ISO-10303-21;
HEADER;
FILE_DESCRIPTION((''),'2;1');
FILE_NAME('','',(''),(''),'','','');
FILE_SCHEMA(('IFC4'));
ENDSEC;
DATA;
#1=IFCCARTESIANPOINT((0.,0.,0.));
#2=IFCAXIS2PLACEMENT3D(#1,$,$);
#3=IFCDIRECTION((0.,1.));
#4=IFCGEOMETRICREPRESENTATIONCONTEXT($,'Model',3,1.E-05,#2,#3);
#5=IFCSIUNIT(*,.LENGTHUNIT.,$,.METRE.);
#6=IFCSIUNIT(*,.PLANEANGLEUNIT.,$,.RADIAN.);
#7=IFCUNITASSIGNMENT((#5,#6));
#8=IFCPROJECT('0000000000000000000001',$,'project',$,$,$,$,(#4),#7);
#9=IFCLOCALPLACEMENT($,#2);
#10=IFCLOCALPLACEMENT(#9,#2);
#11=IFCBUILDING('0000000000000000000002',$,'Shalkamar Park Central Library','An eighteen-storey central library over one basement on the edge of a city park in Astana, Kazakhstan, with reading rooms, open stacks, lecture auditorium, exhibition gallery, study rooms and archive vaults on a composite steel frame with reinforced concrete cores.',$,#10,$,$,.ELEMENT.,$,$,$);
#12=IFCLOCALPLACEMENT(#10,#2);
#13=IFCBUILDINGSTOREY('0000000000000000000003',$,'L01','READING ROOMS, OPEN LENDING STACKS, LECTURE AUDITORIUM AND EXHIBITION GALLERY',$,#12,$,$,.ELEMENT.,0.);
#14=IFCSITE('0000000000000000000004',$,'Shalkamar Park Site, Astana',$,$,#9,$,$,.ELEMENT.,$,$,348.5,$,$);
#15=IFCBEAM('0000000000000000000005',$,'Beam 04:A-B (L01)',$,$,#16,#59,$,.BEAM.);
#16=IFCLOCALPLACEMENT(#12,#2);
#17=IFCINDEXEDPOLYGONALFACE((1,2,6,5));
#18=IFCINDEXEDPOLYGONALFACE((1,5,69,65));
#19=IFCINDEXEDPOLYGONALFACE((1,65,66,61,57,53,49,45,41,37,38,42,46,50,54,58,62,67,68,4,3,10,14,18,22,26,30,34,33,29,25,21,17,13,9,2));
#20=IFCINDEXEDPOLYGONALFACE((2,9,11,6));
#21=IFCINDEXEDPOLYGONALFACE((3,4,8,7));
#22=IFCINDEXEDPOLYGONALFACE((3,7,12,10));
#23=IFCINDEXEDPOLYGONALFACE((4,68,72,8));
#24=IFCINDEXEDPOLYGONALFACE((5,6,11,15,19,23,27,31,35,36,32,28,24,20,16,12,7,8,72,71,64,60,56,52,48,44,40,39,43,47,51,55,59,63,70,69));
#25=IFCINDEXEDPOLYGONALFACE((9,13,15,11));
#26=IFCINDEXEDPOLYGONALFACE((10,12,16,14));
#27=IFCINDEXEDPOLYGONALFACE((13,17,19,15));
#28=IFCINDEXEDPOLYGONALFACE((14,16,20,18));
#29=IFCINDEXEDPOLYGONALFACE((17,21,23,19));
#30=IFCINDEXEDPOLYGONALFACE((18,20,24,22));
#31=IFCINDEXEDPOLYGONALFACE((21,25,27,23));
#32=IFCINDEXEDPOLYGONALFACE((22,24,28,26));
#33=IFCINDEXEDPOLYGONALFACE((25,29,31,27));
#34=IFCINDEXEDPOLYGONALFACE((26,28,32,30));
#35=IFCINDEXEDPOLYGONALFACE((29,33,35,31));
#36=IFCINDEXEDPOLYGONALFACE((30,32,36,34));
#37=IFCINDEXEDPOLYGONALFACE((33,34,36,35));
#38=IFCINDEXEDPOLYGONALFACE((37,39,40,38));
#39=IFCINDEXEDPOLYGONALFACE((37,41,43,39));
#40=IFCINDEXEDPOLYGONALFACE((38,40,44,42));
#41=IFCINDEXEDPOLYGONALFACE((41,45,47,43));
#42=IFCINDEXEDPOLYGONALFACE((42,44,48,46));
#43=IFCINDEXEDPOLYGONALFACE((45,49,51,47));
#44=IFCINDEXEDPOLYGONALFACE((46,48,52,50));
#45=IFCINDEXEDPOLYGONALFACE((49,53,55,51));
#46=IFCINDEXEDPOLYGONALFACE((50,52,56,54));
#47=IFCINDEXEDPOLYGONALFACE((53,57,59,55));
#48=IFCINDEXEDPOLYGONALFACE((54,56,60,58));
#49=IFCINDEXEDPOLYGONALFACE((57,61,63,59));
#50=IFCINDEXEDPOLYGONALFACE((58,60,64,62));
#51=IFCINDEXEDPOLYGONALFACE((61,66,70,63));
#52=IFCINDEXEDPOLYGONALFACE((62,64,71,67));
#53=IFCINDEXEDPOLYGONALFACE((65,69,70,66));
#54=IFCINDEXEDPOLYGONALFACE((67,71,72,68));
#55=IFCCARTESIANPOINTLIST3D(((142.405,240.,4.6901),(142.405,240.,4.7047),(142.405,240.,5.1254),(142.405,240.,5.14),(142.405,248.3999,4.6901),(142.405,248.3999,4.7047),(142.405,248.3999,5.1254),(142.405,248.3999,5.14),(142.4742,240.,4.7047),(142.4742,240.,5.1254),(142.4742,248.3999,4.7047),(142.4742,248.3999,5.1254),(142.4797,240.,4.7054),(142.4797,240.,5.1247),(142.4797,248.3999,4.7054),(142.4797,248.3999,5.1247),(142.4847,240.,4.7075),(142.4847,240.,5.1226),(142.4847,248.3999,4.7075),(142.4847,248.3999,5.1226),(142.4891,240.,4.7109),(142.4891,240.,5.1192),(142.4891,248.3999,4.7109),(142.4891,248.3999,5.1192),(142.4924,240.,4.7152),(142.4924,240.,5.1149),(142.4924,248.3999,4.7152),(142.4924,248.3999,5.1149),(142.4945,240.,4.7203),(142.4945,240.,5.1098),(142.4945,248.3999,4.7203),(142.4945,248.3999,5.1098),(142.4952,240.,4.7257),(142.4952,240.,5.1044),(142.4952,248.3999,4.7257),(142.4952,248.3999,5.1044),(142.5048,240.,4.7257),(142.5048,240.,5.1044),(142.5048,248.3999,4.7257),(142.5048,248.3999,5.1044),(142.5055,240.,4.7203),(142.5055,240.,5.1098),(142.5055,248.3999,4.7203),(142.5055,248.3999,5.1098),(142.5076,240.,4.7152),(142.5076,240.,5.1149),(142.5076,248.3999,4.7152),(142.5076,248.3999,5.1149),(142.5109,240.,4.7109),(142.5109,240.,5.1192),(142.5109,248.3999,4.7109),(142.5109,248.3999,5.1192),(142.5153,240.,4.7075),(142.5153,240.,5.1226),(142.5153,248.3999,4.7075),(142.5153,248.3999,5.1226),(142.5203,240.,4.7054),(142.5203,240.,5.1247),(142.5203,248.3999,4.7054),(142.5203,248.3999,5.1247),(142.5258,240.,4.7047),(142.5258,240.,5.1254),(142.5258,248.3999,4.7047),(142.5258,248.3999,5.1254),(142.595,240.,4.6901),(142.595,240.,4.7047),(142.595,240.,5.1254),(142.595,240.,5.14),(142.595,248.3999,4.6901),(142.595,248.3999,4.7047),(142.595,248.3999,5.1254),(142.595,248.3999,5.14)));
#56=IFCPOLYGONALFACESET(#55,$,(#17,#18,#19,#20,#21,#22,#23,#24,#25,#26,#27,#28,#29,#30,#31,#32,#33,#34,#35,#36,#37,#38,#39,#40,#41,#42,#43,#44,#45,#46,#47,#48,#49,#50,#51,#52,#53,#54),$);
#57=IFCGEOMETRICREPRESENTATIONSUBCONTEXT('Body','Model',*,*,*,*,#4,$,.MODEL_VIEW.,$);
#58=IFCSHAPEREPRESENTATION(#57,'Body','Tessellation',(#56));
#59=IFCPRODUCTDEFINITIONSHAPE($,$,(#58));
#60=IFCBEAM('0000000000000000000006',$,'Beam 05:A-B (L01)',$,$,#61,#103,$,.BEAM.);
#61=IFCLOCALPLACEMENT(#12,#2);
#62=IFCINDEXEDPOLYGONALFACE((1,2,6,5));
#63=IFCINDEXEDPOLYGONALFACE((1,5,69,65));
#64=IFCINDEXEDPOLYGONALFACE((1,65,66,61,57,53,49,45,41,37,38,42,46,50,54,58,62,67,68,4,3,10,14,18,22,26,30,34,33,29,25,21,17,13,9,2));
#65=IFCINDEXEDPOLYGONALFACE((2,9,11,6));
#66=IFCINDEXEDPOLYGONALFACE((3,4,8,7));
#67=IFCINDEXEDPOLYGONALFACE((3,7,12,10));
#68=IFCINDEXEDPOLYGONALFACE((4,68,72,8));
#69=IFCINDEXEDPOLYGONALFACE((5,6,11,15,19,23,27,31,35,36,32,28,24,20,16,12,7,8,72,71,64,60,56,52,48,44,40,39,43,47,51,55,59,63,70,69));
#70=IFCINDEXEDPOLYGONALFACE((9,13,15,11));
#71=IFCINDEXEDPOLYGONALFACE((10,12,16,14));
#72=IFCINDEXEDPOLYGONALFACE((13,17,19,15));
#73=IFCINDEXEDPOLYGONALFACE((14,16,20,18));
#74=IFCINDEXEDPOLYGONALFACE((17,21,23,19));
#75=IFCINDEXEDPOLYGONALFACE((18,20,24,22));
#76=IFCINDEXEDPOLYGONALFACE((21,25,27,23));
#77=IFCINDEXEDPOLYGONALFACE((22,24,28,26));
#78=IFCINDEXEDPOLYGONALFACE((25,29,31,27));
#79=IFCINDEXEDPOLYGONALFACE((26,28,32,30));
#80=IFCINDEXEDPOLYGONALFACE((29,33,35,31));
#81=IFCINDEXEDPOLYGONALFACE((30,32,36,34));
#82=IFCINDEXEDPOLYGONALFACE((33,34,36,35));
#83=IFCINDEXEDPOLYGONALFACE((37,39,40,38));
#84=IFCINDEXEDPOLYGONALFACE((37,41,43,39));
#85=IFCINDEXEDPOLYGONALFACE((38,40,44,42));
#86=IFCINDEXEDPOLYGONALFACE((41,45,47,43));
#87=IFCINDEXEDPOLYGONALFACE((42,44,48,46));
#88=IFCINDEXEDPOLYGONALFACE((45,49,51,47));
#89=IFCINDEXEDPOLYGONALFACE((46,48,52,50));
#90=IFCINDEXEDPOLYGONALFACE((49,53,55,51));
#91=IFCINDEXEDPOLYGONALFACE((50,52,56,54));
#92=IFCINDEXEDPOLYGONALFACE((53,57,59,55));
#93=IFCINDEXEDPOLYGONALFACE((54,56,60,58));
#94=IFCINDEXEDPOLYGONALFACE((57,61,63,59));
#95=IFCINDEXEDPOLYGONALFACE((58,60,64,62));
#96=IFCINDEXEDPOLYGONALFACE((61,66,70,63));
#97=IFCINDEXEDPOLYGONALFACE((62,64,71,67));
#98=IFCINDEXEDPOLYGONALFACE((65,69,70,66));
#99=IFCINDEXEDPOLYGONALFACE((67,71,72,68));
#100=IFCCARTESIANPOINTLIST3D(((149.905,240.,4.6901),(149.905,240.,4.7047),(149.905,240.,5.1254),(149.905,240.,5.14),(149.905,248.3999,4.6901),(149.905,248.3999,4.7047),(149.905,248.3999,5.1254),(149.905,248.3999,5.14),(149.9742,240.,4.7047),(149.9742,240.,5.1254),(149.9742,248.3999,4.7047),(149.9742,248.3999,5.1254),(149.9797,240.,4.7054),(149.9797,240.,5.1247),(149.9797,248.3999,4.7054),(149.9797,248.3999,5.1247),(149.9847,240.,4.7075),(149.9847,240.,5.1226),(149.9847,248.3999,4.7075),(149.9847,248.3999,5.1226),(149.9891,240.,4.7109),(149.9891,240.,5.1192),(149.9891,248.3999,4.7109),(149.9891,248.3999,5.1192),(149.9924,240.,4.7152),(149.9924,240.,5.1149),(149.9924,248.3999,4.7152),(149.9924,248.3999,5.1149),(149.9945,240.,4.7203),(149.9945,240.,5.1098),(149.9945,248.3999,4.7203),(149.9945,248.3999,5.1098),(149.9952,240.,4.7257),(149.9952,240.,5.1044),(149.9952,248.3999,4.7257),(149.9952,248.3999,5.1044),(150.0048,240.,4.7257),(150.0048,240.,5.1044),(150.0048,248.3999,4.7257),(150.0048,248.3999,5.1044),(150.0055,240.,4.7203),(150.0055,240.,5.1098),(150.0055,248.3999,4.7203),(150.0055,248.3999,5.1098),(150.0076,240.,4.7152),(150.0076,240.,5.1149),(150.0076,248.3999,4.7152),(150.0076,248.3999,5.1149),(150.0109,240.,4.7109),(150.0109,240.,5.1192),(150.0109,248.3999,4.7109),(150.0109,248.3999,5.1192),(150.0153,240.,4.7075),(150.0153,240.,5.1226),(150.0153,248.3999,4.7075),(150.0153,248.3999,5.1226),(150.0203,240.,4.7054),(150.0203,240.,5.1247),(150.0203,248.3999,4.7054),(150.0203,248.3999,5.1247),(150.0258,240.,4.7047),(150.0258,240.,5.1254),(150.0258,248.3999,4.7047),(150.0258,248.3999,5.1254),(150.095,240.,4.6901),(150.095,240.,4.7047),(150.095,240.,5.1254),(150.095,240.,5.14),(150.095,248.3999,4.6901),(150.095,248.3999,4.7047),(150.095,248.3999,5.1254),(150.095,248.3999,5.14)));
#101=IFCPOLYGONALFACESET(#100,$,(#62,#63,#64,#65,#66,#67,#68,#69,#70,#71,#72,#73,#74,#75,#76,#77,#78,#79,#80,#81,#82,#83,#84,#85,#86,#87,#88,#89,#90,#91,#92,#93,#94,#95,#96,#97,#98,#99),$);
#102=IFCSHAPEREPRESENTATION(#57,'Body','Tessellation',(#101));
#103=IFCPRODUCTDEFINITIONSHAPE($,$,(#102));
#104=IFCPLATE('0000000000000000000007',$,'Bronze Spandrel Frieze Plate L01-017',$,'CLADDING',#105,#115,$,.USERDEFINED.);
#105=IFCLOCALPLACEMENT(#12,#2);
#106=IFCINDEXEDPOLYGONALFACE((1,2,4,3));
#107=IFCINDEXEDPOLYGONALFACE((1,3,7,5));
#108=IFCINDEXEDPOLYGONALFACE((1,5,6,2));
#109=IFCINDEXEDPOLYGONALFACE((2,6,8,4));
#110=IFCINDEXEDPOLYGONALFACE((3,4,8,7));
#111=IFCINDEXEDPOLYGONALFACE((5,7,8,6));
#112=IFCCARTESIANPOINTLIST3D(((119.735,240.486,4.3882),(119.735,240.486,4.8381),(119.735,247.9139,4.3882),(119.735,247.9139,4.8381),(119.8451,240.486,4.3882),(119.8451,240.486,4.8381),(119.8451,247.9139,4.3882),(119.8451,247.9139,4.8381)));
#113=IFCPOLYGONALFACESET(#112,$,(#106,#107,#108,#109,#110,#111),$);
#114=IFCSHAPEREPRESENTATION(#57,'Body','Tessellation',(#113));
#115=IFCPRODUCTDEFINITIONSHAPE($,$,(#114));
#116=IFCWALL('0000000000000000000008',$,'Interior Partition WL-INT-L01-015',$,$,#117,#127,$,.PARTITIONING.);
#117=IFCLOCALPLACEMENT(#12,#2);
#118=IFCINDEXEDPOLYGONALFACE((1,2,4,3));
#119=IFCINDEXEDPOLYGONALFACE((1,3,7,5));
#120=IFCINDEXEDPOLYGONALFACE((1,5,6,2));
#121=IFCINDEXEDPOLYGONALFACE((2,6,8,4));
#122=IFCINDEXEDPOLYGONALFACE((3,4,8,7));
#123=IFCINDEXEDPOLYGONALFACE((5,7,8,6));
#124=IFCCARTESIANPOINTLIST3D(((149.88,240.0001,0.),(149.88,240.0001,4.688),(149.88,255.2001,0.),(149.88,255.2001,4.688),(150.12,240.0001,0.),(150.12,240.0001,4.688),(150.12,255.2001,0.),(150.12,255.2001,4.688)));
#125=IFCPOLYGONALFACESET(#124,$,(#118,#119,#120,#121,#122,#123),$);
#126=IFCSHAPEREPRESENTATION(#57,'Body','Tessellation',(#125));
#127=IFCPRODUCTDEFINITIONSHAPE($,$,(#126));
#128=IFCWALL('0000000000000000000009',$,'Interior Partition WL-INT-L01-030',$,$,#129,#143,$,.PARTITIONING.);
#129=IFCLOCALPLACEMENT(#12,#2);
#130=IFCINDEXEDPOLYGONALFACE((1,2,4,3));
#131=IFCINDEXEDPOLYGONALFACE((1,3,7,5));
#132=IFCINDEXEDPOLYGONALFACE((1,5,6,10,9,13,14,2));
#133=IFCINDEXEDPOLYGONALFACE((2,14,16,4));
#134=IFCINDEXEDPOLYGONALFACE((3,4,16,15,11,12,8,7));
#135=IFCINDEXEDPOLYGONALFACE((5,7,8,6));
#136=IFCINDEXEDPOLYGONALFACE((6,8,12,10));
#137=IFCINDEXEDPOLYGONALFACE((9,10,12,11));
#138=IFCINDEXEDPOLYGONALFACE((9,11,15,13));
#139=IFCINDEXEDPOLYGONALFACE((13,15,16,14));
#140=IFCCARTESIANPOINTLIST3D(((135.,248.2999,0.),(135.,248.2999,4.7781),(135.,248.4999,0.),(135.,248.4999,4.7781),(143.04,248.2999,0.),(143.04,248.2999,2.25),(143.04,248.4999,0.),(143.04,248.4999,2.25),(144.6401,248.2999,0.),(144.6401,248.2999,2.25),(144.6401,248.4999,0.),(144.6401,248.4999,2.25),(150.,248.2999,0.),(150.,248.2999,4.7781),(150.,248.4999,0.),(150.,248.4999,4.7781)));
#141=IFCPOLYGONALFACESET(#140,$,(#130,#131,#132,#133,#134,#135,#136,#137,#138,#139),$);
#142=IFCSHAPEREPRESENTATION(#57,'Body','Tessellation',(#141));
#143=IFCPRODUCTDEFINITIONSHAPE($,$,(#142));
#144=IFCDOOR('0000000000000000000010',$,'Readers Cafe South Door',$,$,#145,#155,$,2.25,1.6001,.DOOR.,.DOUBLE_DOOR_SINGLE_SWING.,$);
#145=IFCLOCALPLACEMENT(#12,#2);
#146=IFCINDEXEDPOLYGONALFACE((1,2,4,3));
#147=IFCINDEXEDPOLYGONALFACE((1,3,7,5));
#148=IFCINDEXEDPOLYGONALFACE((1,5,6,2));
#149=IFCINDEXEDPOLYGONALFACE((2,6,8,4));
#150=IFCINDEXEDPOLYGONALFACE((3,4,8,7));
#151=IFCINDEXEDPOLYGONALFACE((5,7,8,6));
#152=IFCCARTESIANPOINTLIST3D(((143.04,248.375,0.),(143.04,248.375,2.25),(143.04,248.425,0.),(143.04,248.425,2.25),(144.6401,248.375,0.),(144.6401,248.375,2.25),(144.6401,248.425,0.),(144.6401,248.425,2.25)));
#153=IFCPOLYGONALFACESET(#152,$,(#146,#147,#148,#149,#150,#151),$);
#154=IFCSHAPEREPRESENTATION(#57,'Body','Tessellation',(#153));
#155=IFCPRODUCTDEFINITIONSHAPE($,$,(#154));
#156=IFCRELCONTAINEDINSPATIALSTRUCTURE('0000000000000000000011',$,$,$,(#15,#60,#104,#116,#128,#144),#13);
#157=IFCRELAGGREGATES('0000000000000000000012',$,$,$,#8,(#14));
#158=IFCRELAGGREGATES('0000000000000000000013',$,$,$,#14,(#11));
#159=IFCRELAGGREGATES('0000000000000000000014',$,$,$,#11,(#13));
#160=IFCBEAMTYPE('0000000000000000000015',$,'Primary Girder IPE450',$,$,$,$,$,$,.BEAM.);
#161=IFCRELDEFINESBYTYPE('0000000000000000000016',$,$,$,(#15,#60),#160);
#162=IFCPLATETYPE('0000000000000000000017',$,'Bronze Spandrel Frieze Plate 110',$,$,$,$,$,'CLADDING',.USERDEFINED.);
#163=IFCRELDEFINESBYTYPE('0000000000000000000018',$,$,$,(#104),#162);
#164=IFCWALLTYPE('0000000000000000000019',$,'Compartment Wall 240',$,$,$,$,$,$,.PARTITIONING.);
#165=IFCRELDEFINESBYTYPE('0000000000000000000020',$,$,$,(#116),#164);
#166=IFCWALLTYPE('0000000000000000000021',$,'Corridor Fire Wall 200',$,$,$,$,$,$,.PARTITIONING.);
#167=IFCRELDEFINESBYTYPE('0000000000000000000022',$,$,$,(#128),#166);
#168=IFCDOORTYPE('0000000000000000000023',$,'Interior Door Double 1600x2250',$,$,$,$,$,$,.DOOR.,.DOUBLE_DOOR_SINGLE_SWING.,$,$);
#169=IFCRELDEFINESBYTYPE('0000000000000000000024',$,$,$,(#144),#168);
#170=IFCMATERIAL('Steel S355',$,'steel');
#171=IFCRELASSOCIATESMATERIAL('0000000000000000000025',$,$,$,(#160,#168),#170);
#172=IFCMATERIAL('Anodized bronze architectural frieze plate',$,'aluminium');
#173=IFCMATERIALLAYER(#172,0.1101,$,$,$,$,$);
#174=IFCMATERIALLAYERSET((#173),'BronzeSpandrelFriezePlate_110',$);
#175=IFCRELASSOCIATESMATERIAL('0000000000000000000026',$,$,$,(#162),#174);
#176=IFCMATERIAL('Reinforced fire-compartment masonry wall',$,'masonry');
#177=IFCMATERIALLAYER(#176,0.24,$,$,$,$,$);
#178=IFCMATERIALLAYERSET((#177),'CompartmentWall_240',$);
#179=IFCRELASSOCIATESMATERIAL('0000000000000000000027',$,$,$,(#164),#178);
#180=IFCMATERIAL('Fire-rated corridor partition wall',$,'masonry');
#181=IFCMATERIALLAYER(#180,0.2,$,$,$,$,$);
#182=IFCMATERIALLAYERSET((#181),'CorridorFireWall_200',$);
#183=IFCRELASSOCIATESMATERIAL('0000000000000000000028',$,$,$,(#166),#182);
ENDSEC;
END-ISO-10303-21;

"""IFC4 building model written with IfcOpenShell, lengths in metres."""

from ifc_helpers import new_model, si_unit, direction, frame, frame_2d, origin, origin_2d, place, context, subcontext, project, spatial, rectangle, i_section, extrude, material, layer, layer_set, material_profile, profile_set, type_object, element, fill, save


model = new_model("IFC4")

# Units and contexts
model_context = context("Model", 3, precision=1e-05, world=origin(), true_north=direction((0.0, 1.0)))
body_context = subcontext(model_context, "Body", "Model", "MODEL_VIEW")
ifc_project = project(units=[si_unit("LENGTHUNIT", "METRE"), si_unit("PLANEANGLEUNIT", "RADIAN")], contexts=[model_context])

# Site, building, storey
site_placement = place(None, origin())
site = spatial("IfcSite", under=ifc_project, at=site_placement, Name="Shalkamar Park Site, Astana", CompositionType="ELEMENT", RefElevation=348.5)
building_placement = place(site_placement, origin())
building = spatial("IfcBuilding", under=site, at=building_placement, Name="Shalkamar Park Central Library", Description="An eighteen-storey central library over one basement on the edge of a city park in Astana, Kazakhstan, with reading rooms, open stacks, lecture auditorium, exhibition gallery, study rooms and archive vaults on a composite steel frame with reinforced concrete cores.", CompositionType="ELEMENT")
storey_placement = place(building_placement, origin())
storey = spatial("IfcBuildingStorey", under=building, at=storey_placement, Name="L01", Description="READING ROOMS, OPEN LENDING STACKS, LECTURE AUDITORIUM AND EXHIBITION GALLERY", CompositionType="ELEMENT", Elevation=0.0)

# Shared definitions
ifc_material_1 = material(Name="Steel S355", Category="steel")

# Beams
ifc_material_profile_1 = material_profile(ifc_material_1, i_section(OverallWidth=0.1899, OverallDepth=0.45, WebThickness=0.0095, FlangeThickness=0.0146, FilletRadius=0.021, at=origin_2d()), Name="IPE 450")
ifc_profile_set_1 = profile_set([ifc_material_profile_1], Name="Steel S355")
beam_type_1 = type_object("IfcBeamType", Name="Primary Girder IPE450", PredefinedType="BEAM", material=ifc_profile_set_1)
for number, where, z_axis, x_axis, name in (
    (1, (142.5, 240.0, 4.915), (0.0, 1.0, 0.0), (-1.0, 0.0, 0.0), "Beam 04:A-B (L01)"),
    (2, (150.0, 240.0, 4.915), (0.0, 1.0, 0.0), (-1.0, 0.0, 0.0), "Beam 05:A-B (L01)"),
):
    element("IfcBeam", number, at=place(storey_placement, frame(where, z_axis=z_axis, x_axis=x_axis)), inside=storey, type_object=beam_type_1, Name=name, PredefinedType="BEAM", context=body_context, shape_type="SweptSolid", body=[
        extrude(i_section(OverallWidth=0.1899, OverallDepth=0.45, WebThickness=0.0095, FlangeThickness=0.0146, FilletRadius=0.021, at=origin_2d()), origin(), (0.0, 0.0, 1.0), 8.3999),
    ])

# Plate
ifc_material_2 = material(Name="Anodized bronze architectural frieze plate", Category="aluminium")
ifc_layer_1 = layer(ifc_material_2, 0.1101)
ifc_layer_set_1 = layer_set([ifc_layer_1], Name="BronzeSpandrelFriezePlate_110")
plate_type = type_object("IfcPlateType", Name="Bronze Spandrel Frieze Plate 110", ElementType="CLADDING", PredefinedType="USERDEFINED", material=ifc_layer_set_1)
plate_placement = place(storey_placement, frame((119.79, 244.2, 4.3882), z_axis=(0.0, 0.0, 1.0), x_axis=(1.0, 0.0, 0.0)))
element("IfcPlate", 3, at=plate_placement, inside=storey, type_object=plate_type, Name="Bronze Spandrel Frieze Plate L01-017", ObjectType="CLADDING", PredefinedType="USERDEFINED", context=body_context, shape_type="SweptSolid", body=[
    extrude(rectangle(XDim=0.1101, YDim=7.428, at=origin_2d()), origin(), (0.0, 0.0, 1.0), 0.45),
])

# Wall
ifc_material_3 = material(Name="Reinforced fire-compartment masonry wall", Category="masonry")
ifc_layer_2 = layer(ifc_material_3, 0.24)
ifc_layer_set_2 = layer_set([ifc_layer_2], Name="CompartmentWall_240")
wall_type_1 = type_object("IfcWallType", Name="Compartment Wall 240", PredefinedType="PARTITIONING", material=ifc_layer_set_2)
wall_1_placement = place(storey_placement, frame((150.0, 240.0, 0.0), z_axis=(0.0, 0.0, 1.0), x_axis=(0.0, 1.0, 0.0)))
element("IfcWall", 4, at=wall_1_placement, inside=storey, type_object=wall_type_1, Name="Interior Partition WL-INT-L01-015", PredefinedType="PARTITIONING", context=body_context, shape_type="SweptSolid", body=[
    extrude(rectangle(XDim=15.2, YDim=0.24, at=frame_2d((7.6001, 0.0))), origin(), (0.0, 0.0, 1.0), 4.688),
])

# Wall, opening, door
ifc_material_4 = material(Name="Fire-rated corridor partition wall", Category="masonry")
ifc_layer_3 = layer(ifc_material_4, 0.2)
ifc_layer_set_3 = layer_set([ifc_layer_3], Name="CorridorFireWall_200")
wall_type_2 = type_object("IfcWallType", Name="Corridor Fire Wall 200", PredefinedType="PARTITIONING", material=ifc_layer_set_3)
wall_2_placement = place(storey_placement, frame((135.0, 248.3999, 0.0), z_axis=(0.0, 0.0, 1.0), x_axis=(1.0, 0.0, 0.0)))
wall_2 = element("IfcWall", 5, at=wall_2_placement, inside=storey, type_object=wall_type_2, Name="Interior Partition WL-INT-L01-030", PredefinedType="PARTITIONING", context=body_context, shape_type="SweptSolid", body=[
    extrude(rectangle(XDim=15.0, YDim=0.2, at=frame_2d((7.5, 0.0))), origin(), (0.0, 0.0, 1.0), 4.7781),
])
opening_1_placement = place(wall_2_placement, frame((8.04, 0.0, 0.0)))
opening_1 = element("IfcOpeningElement", 6, at=opening_1_placement, cuts=wall_2, PredefinedType="OPENING", context=body_context, shape_type="SweptSolid", body=[
    extrude(rectangle(XDim=1.6001, YDim=2.25, at=frame_2d((0.8, 1.125))), frame((0.0, 0.1147, 0.0), z_axis=(0.0, -1.0, 0.0), x_axis=(1.0, 0.0, 0.0)), (0.0, 0.0, 1.0), 0.2297),
])
door_type_1 = type_object("IfcDoorType", Name="Interior Door Double 1600x2250", OperationType="DOUBLE_DOOR_SINGLE_SWING", PredefinedType="DOOR", material=ifc_material_1)
door_1_placement = place(opening_1_placement, frame((1.6001, 0.0, 0.0), z_axis=(0.0, 0.0, 1.0), x_axis=(-1.0, 0.0, 0.0)))
door_1 = element("IfcDoor", 7, at=door_1_placement, inside=storey, type_object=door_type_1, Name="Readers Cafe South Door", OperationType="DOUBLE_DOOR_SINGLE_SWING", OverallHeight=2.25, OverallWidth=1.6001, PredefinedType="DOOR", context=body_context, shape_type="SweptSolid", body=[
    extrude(rectangle(XDim=1.6001, YDim=2.25, at=frame_2d((0.8, 1.125))), frame((0.0, 0.0249, 0.0), z_axis=(0.0, -1.0, 0.0), x_axis=(1.0, 0.0, 0.0)), (0.0, 0.0, 1.0), 0.05),
])
fill(opening_1, door_1)

save(model, "model.ifc")
